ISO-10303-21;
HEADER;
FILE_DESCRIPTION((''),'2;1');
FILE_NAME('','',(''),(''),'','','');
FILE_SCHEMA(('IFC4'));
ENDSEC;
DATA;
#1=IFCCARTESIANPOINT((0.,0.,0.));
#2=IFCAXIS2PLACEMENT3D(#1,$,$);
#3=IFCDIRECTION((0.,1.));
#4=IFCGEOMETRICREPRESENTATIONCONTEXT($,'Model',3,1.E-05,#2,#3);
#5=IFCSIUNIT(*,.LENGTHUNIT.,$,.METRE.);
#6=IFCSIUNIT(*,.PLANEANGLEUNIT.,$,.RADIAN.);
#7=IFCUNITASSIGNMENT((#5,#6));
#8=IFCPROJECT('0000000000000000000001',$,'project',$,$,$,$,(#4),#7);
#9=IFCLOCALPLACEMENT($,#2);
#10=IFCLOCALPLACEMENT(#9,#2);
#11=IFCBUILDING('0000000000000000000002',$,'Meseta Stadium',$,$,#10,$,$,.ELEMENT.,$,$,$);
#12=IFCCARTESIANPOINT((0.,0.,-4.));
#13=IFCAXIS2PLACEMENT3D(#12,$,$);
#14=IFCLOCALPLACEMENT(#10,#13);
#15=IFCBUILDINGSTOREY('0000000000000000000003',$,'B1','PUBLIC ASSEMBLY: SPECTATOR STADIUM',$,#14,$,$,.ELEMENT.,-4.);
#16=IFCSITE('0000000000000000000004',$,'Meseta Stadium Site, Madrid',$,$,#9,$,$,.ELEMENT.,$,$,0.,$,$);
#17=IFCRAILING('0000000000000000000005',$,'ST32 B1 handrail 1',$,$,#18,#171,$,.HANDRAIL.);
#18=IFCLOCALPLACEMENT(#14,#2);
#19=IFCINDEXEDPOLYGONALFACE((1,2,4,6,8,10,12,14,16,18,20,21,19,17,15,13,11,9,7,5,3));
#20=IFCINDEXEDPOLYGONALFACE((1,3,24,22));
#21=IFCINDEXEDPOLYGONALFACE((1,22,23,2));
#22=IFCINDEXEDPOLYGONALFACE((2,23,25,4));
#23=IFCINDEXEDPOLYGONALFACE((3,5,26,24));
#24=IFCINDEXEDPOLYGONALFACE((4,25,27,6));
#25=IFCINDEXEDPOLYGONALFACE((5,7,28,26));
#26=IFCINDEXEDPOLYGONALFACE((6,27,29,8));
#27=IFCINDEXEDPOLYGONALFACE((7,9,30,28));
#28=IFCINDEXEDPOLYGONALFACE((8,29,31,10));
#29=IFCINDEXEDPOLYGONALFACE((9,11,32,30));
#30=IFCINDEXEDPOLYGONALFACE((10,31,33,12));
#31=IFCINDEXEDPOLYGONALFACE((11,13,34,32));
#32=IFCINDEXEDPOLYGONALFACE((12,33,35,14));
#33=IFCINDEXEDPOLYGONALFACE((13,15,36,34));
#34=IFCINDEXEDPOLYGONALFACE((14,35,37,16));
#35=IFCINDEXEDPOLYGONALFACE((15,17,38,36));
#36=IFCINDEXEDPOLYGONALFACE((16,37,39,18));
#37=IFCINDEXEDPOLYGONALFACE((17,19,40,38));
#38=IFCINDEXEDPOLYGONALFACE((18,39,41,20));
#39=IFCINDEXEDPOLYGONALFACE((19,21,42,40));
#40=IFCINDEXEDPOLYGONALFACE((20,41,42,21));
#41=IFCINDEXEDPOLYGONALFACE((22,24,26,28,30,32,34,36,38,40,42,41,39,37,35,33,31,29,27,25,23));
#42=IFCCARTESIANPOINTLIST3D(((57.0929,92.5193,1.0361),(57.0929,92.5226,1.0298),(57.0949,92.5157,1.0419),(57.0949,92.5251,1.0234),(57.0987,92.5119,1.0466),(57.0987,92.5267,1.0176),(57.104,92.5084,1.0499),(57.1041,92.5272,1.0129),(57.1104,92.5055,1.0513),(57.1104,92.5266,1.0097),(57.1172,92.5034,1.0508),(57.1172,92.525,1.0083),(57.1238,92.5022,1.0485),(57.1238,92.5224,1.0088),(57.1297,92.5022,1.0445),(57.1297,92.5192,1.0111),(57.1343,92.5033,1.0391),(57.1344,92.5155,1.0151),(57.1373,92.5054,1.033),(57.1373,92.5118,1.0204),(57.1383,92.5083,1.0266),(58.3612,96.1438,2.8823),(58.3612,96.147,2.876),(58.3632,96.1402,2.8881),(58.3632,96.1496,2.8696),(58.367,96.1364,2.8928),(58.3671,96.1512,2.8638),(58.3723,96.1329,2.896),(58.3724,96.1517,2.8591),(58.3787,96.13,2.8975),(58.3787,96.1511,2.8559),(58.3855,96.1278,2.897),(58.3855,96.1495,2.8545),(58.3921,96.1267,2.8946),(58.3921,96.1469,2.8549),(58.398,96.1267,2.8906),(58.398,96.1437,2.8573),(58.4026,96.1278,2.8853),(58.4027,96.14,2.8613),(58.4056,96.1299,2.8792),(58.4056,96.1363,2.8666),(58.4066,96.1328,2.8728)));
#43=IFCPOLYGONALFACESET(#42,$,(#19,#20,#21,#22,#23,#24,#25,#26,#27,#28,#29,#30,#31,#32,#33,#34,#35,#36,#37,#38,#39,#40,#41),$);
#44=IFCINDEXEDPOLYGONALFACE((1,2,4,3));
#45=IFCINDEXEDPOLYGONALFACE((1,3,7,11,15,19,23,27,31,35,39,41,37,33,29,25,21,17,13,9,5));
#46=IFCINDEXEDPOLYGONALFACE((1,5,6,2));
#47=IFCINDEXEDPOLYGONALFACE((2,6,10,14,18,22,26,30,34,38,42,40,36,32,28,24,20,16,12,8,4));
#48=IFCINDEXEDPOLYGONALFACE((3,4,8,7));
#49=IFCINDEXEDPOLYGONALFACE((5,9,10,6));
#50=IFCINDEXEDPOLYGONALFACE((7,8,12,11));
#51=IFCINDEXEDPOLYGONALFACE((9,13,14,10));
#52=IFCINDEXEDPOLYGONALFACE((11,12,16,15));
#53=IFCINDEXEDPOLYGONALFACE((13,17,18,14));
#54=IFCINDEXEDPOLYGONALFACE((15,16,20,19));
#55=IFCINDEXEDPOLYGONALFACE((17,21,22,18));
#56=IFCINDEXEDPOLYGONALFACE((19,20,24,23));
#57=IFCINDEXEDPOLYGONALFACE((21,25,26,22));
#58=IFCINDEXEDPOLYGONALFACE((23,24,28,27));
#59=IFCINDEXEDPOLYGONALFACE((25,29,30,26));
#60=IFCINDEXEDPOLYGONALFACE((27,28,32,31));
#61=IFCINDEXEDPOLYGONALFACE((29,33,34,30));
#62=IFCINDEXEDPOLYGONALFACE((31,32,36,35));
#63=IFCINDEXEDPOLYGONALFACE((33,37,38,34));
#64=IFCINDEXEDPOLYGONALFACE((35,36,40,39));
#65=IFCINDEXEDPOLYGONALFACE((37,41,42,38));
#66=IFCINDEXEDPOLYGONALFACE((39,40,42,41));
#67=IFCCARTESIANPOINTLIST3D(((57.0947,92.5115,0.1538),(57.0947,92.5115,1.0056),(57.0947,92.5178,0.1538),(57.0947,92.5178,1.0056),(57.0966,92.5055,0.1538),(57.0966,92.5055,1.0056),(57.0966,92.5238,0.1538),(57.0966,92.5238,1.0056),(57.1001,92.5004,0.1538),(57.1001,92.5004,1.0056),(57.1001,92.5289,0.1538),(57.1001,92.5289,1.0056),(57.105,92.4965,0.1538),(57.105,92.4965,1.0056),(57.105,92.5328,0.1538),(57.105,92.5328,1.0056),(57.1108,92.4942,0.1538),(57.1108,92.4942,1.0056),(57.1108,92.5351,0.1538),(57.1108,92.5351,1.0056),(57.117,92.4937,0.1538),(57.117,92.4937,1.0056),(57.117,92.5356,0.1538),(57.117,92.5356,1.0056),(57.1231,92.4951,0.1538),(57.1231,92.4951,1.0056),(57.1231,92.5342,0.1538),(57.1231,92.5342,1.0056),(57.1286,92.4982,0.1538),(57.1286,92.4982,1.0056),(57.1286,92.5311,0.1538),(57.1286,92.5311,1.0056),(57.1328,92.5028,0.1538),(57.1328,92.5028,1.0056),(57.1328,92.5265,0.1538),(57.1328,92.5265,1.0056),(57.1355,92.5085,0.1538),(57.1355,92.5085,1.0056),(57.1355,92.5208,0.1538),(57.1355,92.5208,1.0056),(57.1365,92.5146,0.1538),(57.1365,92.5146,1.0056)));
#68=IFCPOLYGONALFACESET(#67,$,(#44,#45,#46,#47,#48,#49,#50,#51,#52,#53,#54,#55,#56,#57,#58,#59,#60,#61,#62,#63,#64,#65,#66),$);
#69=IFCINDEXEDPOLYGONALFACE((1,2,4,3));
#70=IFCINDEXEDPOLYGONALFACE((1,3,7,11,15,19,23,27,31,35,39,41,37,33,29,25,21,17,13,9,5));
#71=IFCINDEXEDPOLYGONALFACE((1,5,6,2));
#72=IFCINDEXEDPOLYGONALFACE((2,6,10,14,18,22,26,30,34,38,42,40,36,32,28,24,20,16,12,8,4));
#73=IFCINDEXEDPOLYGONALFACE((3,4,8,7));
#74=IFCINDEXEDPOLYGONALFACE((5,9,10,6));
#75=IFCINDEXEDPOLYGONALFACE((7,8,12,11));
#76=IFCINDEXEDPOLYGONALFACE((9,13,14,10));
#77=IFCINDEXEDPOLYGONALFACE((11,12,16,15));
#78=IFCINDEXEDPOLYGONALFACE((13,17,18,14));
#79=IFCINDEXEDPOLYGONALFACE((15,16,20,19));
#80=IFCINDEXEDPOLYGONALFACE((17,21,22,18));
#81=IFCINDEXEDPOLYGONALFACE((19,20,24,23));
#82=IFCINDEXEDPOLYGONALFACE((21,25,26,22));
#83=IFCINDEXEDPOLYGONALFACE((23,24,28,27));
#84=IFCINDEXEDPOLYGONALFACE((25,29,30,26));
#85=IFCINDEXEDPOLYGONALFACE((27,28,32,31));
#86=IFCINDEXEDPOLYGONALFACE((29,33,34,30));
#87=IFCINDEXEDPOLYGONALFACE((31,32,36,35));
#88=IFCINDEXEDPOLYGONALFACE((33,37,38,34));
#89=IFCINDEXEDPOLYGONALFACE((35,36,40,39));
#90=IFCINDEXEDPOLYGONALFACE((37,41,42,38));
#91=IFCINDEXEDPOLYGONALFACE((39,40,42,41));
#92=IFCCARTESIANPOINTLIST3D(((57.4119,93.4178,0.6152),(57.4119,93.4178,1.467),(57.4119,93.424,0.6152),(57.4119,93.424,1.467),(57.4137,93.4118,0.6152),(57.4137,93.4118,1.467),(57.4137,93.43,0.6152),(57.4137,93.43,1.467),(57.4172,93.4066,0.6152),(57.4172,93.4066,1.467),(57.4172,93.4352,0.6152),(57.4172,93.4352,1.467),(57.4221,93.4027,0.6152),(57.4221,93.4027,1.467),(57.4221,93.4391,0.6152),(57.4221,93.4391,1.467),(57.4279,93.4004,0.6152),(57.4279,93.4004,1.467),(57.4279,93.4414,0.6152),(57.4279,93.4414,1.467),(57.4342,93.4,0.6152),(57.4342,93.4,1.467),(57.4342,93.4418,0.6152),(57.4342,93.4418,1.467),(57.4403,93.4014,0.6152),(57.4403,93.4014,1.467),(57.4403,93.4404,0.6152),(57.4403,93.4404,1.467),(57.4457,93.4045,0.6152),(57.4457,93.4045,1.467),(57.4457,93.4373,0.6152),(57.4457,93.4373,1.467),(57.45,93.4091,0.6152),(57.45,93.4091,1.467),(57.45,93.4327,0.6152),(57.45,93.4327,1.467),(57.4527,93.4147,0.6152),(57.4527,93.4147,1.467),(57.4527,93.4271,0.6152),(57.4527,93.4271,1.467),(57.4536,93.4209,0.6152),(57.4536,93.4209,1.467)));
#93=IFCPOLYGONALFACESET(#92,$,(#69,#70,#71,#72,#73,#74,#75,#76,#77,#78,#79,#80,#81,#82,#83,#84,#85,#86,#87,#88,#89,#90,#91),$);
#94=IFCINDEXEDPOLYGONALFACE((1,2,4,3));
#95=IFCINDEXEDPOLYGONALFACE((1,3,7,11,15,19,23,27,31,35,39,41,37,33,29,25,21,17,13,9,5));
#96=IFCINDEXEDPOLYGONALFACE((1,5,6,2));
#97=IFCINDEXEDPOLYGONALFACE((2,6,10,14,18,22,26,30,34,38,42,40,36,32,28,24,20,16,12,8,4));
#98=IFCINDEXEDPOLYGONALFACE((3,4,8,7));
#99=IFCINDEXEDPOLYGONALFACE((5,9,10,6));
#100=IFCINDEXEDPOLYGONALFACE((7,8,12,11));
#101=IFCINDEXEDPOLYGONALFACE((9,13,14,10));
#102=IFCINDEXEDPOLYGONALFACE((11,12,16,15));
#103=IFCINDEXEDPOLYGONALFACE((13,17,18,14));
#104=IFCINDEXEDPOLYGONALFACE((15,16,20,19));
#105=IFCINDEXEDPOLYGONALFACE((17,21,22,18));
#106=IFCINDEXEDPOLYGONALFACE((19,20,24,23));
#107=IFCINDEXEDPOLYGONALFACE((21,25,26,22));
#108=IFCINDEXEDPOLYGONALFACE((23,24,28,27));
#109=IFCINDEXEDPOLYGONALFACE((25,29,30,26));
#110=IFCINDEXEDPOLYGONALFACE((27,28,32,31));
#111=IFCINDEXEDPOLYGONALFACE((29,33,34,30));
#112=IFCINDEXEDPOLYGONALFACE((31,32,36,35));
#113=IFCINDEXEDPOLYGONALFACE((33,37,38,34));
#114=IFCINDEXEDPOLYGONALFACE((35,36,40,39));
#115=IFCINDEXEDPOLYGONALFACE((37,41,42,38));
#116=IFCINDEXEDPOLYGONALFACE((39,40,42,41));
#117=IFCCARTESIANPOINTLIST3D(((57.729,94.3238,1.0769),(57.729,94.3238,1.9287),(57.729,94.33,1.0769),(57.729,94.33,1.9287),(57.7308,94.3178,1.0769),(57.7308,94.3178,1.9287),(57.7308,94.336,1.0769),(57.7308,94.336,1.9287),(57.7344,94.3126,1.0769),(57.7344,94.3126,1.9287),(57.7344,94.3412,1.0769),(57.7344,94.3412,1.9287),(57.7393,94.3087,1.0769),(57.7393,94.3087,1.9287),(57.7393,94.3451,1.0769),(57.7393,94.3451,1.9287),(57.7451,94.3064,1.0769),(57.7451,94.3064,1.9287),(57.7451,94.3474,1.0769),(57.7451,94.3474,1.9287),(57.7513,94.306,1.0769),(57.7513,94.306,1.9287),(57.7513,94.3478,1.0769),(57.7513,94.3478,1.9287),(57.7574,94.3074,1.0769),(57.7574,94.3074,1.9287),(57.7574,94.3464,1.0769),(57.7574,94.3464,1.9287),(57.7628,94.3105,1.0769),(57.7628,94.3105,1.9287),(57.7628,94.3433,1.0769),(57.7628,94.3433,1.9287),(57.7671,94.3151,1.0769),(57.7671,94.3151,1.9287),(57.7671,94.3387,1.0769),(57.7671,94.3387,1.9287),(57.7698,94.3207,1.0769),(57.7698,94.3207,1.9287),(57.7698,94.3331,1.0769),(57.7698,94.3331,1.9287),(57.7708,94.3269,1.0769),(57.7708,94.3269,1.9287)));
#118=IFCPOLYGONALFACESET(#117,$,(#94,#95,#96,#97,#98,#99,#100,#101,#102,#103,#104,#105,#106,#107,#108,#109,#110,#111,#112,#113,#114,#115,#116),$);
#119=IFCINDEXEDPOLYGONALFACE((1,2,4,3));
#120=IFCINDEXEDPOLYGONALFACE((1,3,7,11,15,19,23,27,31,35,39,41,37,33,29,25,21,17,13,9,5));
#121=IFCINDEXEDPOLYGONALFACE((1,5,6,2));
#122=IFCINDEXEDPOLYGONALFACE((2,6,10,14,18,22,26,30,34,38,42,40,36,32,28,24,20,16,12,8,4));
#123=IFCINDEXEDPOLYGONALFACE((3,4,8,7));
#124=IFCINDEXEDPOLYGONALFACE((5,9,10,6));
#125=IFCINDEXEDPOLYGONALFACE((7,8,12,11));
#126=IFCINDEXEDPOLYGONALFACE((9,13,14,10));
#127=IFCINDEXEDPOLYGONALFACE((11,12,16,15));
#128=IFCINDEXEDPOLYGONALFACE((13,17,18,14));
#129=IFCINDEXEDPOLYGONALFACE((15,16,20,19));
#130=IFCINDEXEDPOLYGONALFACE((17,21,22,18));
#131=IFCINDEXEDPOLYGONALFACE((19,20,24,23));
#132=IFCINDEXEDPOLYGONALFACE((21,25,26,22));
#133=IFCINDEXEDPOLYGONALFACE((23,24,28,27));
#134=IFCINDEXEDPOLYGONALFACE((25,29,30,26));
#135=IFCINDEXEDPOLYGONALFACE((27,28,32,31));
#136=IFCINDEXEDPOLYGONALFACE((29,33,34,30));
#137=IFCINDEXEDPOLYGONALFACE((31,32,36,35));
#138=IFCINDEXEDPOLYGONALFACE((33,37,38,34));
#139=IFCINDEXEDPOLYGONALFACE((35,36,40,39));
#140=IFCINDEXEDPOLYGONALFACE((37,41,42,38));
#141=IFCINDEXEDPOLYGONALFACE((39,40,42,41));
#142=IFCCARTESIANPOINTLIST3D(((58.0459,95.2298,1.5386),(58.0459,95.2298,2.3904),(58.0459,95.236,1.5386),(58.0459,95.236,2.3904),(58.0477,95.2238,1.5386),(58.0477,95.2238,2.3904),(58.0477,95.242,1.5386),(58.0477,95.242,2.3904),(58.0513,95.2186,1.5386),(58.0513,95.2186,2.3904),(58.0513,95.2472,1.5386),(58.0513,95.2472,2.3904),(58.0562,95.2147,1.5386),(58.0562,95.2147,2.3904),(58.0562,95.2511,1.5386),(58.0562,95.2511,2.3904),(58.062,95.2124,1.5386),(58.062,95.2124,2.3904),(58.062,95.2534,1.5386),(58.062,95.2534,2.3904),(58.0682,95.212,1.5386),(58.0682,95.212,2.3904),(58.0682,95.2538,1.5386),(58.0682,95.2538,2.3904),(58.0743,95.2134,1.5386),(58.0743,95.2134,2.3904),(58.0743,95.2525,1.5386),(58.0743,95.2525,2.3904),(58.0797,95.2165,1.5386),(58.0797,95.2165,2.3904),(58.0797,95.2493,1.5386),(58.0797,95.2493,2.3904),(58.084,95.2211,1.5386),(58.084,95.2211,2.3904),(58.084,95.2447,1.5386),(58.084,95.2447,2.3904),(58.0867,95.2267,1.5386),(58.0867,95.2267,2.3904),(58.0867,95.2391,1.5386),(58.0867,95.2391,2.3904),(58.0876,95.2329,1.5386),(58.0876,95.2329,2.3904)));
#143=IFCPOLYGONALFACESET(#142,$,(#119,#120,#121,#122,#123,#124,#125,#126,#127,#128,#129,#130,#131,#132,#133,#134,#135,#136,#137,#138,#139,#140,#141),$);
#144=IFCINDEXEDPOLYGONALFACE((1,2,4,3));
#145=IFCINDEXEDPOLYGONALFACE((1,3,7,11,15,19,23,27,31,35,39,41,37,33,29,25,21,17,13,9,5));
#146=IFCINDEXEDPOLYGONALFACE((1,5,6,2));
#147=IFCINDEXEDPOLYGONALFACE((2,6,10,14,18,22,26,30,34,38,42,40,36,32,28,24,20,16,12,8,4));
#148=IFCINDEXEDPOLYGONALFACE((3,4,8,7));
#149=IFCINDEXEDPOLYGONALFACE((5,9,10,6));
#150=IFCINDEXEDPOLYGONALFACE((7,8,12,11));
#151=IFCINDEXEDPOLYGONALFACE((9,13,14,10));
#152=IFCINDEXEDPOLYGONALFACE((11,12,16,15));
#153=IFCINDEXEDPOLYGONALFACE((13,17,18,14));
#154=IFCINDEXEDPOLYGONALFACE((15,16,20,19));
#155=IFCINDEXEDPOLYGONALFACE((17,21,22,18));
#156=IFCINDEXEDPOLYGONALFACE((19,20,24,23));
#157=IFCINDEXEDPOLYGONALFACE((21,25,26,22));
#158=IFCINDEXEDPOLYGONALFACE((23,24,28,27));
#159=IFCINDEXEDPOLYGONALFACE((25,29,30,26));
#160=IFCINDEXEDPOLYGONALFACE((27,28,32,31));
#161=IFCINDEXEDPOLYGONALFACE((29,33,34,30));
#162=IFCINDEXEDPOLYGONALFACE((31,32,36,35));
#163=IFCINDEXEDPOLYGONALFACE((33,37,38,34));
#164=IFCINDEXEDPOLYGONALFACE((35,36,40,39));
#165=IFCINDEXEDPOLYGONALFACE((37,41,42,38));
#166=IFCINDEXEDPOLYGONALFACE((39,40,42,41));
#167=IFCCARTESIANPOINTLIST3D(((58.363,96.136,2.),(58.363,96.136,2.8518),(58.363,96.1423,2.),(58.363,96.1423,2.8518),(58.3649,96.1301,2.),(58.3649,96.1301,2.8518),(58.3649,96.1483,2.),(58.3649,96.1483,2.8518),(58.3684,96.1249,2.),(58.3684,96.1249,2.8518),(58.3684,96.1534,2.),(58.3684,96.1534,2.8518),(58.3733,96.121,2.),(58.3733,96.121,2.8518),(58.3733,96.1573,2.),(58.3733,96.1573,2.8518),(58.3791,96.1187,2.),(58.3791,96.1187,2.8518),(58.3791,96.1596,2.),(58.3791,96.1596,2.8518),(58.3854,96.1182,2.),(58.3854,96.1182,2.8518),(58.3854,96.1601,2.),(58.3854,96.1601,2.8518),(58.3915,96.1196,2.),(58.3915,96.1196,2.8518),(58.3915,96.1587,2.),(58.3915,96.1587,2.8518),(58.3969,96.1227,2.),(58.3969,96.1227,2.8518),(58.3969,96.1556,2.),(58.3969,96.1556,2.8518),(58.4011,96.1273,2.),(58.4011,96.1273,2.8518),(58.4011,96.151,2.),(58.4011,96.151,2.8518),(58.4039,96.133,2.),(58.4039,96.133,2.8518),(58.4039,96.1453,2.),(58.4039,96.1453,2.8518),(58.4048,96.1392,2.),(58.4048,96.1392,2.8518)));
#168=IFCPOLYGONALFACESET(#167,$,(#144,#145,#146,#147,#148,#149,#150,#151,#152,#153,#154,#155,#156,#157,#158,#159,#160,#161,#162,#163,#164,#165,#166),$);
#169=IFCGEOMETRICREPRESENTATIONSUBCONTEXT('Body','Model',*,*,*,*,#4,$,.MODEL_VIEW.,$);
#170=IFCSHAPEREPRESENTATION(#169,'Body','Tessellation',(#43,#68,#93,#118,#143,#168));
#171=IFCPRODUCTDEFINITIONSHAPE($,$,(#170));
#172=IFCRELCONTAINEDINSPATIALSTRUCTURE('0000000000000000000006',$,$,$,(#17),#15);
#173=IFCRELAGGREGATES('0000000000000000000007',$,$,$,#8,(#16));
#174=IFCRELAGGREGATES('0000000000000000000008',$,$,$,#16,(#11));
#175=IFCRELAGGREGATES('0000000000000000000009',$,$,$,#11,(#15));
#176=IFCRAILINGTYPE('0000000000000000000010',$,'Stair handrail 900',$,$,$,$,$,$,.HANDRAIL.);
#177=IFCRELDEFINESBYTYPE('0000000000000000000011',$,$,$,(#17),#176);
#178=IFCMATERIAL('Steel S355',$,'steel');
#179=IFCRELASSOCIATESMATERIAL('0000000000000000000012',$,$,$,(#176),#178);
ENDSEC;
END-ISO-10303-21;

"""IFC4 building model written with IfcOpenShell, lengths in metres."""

from ifc_helpers import new_model, si_unit, direction, frame, origin, origin_2d, place, context, subcontext, project, spatial, circle, extrude, material, type_object, element, save


model = new_model("IFC4")

# Units and contexts
model_context = context("Model", 3, precision=1e-05, world=origin(), true_north=direction((0.0, 1.0)))
body_context = subcontext(model_context, "Body", "Model", "MODEL_VIEW")
ifc_project = project(units=[si_unit("LENGTHUNIT", "METRE"), si_unit("PLANEANGLEUNIT", "RADIAN")], contexts=[model_context])

# Site, building, storey
site_placement = place(None, origin())
site = spatial("IfcSite", under=ifc_project, at=site_placement, Name="Meseta Stadium Site, Madrid", CompositionType="ELEMENT", RefElevation=0.0)
building_placement = place(site_placement, origin())
building = spatial("IfcBuilding", under=site, at=building_placement, Name="Meseta Stadium", CompositionType="ELEMENT")
storey_placement = place(building_placement, frame((0.0, 0.0, -4.0)))
storey = spatial("IfcBuildingStorey", under=building, at=storey_placement, Name="B1", Description="PUBLIC ASSEMBLY: SPECTATOR STADIUM", CompositionType="ELEMENT", Elevation=-4.0)

# Railing
ifc_material_1 = material(Name="Steel S355", Category="steel")
railing_type_1 = type_object("IfcRailingType", Name="Stair handrail 900", PredefinedType="HANDRAIL", material=ifc_material_1)
for number, where, name in (
    (1, (57.1155, 92.5146, 0.1538), "ST32 B1 handrail 1"),
):
    element("IfcRailing", number, at=place(storey_placement, frame(where)), inside=storey, type_object=railing_type_1, Name=name, PredefinedType="HANDRAIL", context=body_context, shape_type="SweptSolid", body=[
        extrude(circle(Radius=0.0239, at=origin_2d()), frame((0.0, 0.0, 0.876), z_axis=(0.297672, 0.850672, 0.4333), x_axis=(-0.94388, 0.330288, 0.0)), (0.0, 0.0, 1.0), 4.2607),
        extrude(circle(Radius=0.021, at=origin_2d()), origin(), (0.0, 0.0, 1.0), 0.8518),
        extrude(circle(Radius=0.021, at=origin_2d()), frame((0.3171, 0.9062, 0.4614)), (0.0, 0.0, 1.0), 0.8518),
        extrude(circle(Radius=0.021, at=origin_2d()), frame((0.6343, 1.8123, 0.9231)), (0.0, 0.0, 1.0), 0.8518),
        extrude(circle(Radius=0.021, at=origin_2d()), frame((0.9512, 2.7183, 1.3848)), (0.0, 0.0, 1.0), 0.8518),
        extrude(circle(Radius=0.021, at=origin_2d()), frame((1.2683, 3.6245, 1.8462)), (0.0, 0.0, 1.0), 0.8518),
    ])

save(model, "model.ifc")
